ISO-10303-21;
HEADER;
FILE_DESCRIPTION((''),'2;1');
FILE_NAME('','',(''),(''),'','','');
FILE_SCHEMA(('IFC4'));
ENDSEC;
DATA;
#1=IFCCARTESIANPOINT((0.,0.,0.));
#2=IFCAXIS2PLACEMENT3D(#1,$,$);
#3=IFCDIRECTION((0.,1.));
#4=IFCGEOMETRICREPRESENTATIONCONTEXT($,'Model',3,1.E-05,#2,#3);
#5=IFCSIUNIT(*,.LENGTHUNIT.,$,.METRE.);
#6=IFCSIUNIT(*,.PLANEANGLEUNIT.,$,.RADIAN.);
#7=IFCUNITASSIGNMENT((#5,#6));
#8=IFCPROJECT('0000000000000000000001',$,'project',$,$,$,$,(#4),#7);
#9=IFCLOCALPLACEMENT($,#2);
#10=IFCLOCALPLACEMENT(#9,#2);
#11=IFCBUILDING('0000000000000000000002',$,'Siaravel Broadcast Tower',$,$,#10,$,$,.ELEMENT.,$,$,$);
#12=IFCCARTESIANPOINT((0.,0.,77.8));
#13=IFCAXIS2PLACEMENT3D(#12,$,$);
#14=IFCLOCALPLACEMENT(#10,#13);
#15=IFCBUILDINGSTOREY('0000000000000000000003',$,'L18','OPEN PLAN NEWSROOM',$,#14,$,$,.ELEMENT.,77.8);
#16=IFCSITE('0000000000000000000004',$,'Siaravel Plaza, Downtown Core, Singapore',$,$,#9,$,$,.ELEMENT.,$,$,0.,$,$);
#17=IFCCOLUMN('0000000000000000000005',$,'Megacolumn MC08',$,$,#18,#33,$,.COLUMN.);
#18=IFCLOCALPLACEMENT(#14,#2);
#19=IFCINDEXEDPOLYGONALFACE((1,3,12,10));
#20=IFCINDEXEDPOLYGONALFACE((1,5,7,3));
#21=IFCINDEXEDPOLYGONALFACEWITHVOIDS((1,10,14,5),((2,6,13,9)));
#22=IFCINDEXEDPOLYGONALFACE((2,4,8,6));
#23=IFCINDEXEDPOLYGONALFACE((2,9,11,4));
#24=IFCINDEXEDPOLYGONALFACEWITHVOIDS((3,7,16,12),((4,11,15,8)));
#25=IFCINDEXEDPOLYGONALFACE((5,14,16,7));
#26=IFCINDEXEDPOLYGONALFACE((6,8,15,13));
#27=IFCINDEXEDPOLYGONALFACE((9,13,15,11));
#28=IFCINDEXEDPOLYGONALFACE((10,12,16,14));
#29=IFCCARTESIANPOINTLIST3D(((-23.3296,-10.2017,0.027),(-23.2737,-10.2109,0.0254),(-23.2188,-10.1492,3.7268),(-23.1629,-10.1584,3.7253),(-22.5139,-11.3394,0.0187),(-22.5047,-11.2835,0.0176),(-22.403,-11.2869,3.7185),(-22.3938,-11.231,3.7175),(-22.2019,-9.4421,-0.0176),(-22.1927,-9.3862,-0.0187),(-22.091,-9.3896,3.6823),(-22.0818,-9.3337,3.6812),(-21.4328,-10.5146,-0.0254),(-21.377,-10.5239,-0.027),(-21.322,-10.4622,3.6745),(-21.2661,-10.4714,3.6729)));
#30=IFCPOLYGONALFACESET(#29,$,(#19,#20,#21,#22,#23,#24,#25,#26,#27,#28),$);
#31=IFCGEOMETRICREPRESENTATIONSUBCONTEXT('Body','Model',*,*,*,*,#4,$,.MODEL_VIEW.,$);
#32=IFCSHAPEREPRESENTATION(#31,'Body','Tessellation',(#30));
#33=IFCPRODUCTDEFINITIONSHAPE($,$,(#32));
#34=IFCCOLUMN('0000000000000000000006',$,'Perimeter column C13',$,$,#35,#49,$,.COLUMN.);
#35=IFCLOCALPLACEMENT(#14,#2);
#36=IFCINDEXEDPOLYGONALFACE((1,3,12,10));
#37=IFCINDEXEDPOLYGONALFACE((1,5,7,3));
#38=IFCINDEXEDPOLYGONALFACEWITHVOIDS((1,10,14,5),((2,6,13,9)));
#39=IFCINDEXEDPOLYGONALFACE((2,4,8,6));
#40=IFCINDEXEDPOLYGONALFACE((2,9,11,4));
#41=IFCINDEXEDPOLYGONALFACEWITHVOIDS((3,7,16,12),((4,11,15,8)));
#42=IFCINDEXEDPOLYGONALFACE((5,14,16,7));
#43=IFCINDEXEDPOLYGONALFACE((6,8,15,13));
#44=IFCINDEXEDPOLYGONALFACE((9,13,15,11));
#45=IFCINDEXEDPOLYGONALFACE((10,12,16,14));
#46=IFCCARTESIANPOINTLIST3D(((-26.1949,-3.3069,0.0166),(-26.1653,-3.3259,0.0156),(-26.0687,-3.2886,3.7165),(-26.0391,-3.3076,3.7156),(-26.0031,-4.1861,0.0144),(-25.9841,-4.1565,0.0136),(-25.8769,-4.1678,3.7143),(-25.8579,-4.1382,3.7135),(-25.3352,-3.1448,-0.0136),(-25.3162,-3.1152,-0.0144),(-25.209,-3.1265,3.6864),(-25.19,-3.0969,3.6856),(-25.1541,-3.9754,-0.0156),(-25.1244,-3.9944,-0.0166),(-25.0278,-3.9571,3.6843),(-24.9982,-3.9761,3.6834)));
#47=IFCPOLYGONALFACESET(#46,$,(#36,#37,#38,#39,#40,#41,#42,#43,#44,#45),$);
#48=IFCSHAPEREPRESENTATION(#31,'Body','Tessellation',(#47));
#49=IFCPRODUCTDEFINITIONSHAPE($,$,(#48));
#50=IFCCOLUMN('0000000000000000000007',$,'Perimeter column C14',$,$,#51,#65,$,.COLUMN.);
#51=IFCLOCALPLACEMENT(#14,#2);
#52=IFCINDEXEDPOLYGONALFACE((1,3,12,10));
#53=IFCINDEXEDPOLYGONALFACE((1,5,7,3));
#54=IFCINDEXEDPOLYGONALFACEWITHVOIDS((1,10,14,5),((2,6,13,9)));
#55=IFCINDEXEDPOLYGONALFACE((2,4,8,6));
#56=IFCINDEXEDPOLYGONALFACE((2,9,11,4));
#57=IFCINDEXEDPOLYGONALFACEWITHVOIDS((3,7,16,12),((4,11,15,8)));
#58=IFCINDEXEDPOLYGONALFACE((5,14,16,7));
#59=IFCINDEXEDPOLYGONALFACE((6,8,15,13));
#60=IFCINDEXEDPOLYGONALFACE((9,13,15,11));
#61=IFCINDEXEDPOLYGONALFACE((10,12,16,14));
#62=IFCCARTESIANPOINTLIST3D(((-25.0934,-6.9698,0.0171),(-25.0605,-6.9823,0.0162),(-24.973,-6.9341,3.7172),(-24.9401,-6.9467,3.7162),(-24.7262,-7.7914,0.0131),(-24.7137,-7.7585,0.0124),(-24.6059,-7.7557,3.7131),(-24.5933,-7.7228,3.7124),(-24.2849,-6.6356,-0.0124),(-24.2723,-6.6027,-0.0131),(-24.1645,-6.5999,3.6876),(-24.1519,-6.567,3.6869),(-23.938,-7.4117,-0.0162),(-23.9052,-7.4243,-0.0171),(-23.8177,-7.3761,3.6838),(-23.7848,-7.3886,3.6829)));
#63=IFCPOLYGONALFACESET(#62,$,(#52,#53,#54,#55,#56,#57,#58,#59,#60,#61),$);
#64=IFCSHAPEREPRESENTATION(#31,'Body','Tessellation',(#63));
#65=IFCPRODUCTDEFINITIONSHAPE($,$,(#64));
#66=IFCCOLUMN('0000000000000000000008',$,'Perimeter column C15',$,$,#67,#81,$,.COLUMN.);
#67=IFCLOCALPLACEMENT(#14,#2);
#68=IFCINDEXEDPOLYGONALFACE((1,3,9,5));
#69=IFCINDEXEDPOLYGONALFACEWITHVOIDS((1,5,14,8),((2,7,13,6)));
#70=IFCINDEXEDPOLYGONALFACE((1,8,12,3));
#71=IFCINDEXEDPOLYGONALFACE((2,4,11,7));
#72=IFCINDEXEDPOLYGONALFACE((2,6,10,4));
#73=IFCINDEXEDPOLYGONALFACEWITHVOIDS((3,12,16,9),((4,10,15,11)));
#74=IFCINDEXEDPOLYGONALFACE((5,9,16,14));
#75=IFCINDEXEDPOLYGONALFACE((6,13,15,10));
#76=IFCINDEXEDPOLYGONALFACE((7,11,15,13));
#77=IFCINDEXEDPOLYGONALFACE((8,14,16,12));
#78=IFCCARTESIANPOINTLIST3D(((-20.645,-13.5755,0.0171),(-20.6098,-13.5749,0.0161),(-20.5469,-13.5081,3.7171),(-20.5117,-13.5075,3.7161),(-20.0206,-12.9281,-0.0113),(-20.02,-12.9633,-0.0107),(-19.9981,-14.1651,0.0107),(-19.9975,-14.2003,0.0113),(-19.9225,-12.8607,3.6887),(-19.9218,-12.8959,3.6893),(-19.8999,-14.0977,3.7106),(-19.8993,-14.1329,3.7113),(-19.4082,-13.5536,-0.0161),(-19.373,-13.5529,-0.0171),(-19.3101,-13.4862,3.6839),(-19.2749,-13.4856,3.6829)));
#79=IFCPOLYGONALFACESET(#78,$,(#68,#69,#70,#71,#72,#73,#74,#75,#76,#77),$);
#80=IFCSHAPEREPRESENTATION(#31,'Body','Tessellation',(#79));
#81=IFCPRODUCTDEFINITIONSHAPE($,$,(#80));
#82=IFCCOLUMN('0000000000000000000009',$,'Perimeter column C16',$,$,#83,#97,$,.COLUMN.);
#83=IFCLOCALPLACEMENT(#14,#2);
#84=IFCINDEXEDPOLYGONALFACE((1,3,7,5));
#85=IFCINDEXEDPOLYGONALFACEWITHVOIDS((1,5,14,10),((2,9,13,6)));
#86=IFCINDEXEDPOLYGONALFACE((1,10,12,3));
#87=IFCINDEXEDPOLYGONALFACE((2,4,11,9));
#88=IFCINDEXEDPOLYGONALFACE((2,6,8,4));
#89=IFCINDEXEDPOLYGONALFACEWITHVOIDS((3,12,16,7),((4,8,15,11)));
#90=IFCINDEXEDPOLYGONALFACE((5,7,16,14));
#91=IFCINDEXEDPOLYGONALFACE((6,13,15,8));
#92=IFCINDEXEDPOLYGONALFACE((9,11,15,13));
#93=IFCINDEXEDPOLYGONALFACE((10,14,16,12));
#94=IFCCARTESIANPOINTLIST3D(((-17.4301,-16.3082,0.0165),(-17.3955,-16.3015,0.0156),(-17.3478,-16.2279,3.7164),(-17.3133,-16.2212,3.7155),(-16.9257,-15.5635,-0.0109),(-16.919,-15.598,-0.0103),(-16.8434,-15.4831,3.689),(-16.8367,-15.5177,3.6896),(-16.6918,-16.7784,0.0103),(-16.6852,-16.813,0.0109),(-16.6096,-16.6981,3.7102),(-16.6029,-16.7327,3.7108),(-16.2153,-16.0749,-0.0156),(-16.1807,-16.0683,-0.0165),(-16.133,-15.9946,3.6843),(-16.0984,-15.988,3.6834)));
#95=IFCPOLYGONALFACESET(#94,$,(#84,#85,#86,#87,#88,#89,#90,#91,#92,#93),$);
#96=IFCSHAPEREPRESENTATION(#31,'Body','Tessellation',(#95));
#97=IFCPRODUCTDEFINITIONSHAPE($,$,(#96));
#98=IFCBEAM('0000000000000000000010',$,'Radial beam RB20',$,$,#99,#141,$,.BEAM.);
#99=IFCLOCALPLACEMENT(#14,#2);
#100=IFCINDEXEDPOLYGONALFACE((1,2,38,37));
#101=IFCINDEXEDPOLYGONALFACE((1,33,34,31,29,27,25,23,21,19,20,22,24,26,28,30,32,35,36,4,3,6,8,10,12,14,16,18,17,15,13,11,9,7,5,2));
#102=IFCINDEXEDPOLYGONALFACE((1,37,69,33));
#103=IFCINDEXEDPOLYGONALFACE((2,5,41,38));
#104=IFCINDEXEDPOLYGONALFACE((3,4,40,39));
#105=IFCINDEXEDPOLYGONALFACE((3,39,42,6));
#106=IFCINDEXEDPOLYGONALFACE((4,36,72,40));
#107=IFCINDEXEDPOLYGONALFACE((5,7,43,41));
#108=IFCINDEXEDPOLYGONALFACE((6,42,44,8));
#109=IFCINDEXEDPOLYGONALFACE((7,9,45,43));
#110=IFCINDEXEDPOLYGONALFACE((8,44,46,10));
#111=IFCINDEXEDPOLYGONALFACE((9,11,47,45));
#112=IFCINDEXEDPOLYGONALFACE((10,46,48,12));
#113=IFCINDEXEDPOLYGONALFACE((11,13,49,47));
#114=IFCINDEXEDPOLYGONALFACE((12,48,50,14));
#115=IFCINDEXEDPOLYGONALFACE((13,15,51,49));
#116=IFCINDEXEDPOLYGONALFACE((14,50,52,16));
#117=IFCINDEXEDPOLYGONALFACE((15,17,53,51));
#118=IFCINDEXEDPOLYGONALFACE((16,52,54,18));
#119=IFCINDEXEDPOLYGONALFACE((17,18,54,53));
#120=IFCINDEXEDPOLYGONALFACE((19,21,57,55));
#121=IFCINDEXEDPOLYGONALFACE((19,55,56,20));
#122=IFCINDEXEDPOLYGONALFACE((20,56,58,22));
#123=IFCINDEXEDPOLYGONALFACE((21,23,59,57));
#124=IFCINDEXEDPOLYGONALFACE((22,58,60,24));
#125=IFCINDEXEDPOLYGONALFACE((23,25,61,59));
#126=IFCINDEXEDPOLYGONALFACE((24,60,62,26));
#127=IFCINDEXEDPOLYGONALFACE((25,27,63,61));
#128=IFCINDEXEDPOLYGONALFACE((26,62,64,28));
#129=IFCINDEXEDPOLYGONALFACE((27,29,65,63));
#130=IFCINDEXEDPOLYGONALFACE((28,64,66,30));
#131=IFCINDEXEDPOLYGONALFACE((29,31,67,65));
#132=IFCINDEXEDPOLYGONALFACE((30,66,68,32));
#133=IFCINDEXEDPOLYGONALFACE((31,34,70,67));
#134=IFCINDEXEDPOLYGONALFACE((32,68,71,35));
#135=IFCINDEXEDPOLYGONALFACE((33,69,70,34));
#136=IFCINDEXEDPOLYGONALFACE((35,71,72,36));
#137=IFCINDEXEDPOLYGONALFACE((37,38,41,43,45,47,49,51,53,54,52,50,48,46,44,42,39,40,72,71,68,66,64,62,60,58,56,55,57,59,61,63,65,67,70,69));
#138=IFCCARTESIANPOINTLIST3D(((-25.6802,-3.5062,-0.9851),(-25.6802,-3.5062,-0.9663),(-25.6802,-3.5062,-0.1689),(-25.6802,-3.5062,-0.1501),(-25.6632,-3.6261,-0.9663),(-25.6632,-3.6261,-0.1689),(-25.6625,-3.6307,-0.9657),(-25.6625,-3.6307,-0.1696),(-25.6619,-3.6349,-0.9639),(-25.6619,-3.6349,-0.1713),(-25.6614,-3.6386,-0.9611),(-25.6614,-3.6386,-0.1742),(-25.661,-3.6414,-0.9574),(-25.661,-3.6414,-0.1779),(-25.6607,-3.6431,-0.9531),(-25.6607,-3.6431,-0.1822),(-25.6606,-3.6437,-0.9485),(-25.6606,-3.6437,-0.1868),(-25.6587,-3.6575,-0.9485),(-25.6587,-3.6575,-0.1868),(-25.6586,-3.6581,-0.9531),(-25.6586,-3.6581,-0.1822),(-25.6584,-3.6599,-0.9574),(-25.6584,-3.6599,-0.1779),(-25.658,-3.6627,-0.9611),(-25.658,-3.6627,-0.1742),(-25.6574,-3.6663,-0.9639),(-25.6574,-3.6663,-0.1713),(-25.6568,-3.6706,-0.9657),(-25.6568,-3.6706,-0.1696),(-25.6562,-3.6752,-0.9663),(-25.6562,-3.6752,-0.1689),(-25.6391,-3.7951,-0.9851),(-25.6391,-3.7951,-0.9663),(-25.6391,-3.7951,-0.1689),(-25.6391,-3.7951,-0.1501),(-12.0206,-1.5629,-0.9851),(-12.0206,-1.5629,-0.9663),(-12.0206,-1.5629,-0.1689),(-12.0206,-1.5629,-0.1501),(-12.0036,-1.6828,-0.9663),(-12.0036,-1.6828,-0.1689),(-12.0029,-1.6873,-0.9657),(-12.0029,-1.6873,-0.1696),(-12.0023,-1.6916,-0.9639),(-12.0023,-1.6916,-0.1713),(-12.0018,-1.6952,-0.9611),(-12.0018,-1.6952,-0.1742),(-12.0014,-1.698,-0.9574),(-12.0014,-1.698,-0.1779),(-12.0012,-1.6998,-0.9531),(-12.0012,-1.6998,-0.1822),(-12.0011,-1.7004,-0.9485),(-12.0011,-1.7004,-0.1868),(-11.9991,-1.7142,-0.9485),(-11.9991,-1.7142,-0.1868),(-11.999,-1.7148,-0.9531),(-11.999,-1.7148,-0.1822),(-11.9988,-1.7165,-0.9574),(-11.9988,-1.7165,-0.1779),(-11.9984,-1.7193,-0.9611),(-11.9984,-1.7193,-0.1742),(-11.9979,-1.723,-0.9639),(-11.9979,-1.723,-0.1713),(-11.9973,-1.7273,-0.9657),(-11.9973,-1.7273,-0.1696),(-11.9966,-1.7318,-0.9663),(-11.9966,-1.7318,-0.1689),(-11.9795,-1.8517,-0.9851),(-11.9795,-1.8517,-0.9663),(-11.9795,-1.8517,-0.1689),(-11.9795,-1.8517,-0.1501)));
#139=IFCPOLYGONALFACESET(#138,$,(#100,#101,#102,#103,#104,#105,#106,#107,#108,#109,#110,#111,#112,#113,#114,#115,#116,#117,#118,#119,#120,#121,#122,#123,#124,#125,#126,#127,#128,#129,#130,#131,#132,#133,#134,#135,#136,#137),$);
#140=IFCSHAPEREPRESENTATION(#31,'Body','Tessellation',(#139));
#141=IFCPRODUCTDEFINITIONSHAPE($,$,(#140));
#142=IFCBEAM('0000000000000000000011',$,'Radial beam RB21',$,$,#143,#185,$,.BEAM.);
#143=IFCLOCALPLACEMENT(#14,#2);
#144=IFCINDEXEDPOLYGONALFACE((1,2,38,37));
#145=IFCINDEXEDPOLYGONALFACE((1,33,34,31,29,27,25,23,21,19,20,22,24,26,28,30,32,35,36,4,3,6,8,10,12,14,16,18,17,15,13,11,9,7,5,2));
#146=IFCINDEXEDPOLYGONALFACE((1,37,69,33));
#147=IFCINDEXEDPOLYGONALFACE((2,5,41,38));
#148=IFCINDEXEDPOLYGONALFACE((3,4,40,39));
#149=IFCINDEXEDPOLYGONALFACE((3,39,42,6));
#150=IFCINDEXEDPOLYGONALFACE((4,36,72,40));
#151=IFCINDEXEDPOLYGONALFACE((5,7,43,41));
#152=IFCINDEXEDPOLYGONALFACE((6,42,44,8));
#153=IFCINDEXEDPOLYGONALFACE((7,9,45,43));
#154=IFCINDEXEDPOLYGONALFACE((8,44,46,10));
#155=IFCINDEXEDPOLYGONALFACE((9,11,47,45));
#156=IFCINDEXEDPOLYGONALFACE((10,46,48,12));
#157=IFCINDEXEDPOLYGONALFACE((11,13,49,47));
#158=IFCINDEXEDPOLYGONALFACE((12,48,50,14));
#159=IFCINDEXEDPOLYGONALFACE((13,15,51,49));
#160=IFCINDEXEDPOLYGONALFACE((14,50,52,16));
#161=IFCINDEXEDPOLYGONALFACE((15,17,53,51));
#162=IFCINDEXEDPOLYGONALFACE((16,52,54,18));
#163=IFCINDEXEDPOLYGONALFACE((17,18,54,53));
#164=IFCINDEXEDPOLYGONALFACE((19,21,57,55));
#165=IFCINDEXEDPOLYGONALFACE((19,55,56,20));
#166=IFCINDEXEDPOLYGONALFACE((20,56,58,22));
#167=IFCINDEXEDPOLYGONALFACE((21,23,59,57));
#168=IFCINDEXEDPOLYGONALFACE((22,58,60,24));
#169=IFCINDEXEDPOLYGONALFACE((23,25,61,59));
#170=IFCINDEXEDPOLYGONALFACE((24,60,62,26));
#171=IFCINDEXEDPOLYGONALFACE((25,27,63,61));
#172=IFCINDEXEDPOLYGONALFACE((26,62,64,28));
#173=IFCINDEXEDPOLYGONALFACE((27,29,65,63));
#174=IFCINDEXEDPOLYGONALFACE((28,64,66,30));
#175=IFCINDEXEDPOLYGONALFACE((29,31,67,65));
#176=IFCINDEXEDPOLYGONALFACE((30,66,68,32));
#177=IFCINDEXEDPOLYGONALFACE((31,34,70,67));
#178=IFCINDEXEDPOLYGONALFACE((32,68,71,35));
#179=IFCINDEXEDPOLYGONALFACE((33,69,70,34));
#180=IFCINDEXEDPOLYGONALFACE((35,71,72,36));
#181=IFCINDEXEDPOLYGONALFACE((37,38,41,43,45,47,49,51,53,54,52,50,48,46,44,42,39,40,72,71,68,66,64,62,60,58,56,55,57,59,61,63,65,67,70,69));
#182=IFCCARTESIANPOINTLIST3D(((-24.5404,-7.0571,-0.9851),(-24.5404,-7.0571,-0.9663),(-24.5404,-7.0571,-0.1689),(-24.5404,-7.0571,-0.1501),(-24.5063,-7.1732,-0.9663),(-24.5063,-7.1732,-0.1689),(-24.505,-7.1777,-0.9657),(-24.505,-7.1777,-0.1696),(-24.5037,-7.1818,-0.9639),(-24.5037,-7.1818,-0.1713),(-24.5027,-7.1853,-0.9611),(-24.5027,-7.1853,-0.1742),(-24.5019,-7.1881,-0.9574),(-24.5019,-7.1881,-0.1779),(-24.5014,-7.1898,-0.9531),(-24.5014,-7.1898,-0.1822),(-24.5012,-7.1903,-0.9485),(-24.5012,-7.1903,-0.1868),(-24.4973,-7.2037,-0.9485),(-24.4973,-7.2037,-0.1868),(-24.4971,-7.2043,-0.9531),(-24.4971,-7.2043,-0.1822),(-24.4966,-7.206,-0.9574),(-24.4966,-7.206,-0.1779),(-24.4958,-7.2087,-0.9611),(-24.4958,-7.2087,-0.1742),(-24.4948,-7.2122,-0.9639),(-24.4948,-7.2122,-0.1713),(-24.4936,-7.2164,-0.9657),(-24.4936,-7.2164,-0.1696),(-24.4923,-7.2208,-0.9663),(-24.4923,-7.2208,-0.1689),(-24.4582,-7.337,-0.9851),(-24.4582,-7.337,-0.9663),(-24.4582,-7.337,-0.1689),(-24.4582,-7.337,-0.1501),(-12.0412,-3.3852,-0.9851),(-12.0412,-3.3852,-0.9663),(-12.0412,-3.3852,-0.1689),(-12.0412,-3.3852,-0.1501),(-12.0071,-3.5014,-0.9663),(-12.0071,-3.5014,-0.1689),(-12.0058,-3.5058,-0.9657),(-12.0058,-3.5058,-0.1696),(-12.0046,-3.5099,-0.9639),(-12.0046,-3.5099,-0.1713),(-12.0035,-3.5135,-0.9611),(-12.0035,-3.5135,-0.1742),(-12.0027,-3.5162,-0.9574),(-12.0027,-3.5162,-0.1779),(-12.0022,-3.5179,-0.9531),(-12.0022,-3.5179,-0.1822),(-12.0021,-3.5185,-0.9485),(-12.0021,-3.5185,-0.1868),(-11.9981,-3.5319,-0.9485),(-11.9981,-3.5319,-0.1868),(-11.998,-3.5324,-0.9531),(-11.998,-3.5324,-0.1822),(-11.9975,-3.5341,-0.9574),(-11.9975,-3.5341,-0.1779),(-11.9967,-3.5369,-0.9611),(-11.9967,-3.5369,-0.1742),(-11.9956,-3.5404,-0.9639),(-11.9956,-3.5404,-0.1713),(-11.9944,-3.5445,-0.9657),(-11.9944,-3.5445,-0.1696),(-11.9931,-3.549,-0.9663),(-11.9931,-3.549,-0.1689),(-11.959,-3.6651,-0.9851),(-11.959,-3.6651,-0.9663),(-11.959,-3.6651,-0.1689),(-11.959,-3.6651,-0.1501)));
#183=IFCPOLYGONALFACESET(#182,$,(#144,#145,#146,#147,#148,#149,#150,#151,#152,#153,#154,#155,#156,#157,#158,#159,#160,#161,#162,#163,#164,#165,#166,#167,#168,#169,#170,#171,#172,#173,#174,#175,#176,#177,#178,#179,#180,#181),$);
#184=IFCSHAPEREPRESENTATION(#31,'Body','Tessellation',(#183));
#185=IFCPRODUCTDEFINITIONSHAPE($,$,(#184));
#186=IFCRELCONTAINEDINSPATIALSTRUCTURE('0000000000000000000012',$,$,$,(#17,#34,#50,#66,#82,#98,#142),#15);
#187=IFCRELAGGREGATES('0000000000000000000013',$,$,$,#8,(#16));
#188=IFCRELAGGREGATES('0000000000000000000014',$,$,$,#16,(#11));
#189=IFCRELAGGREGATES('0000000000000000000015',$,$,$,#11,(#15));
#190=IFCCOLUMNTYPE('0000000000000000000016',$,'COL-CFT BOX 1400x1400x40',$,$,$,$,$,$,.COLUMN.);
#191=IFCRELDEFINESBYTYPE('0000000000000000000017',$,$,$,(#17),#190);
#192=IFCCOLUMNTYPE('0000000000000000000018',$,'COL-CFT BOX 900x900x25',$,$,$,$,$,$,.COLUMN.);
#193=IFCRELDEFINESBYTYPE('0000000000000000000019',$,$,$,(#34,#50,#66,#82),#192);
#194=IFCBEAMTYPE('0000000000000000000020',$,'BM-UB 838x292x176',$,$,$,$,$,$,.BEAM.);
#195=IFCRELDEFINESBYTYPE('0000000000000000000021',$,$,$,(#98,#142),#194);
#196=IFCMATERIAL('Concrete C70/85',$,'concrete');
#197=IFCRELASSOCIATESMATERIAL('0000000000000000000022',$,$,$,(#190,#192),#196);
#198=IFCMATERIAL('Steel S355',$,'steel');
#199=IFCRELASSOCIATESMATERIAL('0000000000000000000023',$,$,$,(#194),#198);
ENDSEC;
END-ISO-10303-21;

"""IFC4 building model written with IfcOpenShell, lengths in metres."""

from ifc_helpers import new_model, si_unit, direction, frame, origin, origin_2d, place, context, subcontext, project, spatial, hollow_rectangle, i_section, extrude, material, material_profile, profile_set, type_object, element, save


model = new_model("IFC4")

# Units and contexts
model_context = context("Model", 3, precision=1e-05, world=origin(), true_north=direction((0.0, 1.0)))
body_context = subcontext(model_context, "Body", "Model", "MODEL_VIEW")
ifc_project = project(units=[si_unit("LENGTHUNIT", "METRE"), si_unit("PLANEANGLEUNIT", "RADIAN")], contexts=[model_context])

# Site, building, storey
site_placement = place(None, origin())
site = spatial("IfcSite", under=ifc_project, at=site_placement, Name="Siaravel Plaza, Downtown Core, Singapore", CompositionType="ELEMENT", RefElevation=0.0)
building_placement = place(site_placement, origin())
building = spatial("IfcBuilding", under=site, at=building_placement, Name="Siaravel Broadcast Tower", CompositionType="ELEMENT")
storey_placement = place(building_placement, frame((0.0, 0.0, 77.8)))
storey = spatial("IfcBuildingStorey", under=building, at=storey_placement, Name="L18", Description="OPEN PLAN NEWSROOM", CompositionType="ELEMENT", Elevation=77.8)

# Columns
ifc_material_1 = material(Name="Concrete C70/85", Category="concrete")
ifc_material_profile_1 = material_profile(ifc_material_1, hollow_rectangle(XDim=1.3999, YDim=1.3999, WallThickness=0.04, at=origin_2d()))
ifc_profile_set_1 = profile_set([ifc_material_profile_1], Name="Concrete C70/85")
column_type_1 = type_object("IfcColumnType", Name="COL-CFT BOX 1400x1400x40", PredefinedType="COLUMN", material=ifc_profile_set_1)
column_1_placement = place(storey_placement, frame((-22.3533, -10.3628, 0.0), z_axis=(0.029941, 0.014179, 0.999451), x_axis=(-0.582697, 0.812668, 0.005927)))
element("IfcColumn", 1, at=column_1_placement, inside=storey, type_object=column_type_1, Name="Megacolumn MC08", PredefinedType="COLUMN", context=body_context, shape_type="SweptSolid", body=[
    extrude(hollow_rectangle(XDim=1.3999, YDim=1.3999, WallThickness=0.04, at=origin_2d()), origin(), (0.0, 0.0, 1.0), 3.7019),
])
ifc_material_profile_2 = material_profile(ifc_material_1, hollow_rectangle(XDim=0.8999, YDim=0.8999, WallThickness=0.0249, at=origin_2d()))
ifc_profile_set_2 = profile_set([ifc_material_profile_2], Name="Concrete C70/85")
column_type_2 = type_object("IfcColumnType", Name="COL-CFT BOX 900x900x25", PredefinedType="COLUMN", material=ifc_profile_set_2)
for number, where, z_axis, x_axis, name in (
    (2, (-25.6597, -3.6506, 0.0), (0.034094, 0.004946, 0.999406), (-0.213077, 0.977032, 0.002434), "Perimeter column C13"),
    (3, (-24.4993, -7.197, 0.0), (0.032512, 0.009628, 0.999425), (-0.407994, 0.912974, 0.004477), "Perimeter column C14"),
):
    element("IfcColumn", number, at=place(storey_placement, frame(where, z_axis=z_axis, x_axis=x_axis)), inside=storey, type_object=column_type_2, Name=name, PredefinedType="COLUMN", context=body_context, shape_type="SweptSolid", body=[
        extrude(hollow_rectangle(XDim=0.8999, YDim=0.8999, WallThickness=0.0249, at=origin_2d()), origin(), (0.0, 0.0, 1.0), 3.7021),
    ])
column_2_placement = place(storey_placement, frame((-20.009, -13.5642, 0.0), z_axis=(0.026512, 0.018202, 0.999483), x_axis=(-0.719608, 0.69435, 0.006443)))
element("IfcColumn", 4, at=column_2_placement, inside=storey, type_object=column_type_2, Name="Perimeter column C15", PredefinedType="COLUMN", context=body_context, shape_type="SweptSolid", body=[
    extrude(hollow_rectangle(XDim=0.8999, YDim=0.8999, WallThickness=0.0249, at=origin_2d()), origin(), (0.0, 0.0, 1.0), 3.7019),
])
column_3_placement = place(storey_placement, frame((-16.8054, -16.1882, 0.0), z_axis=(0.022226, 0.021699, 0.999517), x_axis=(-0.827813, 0.56097, 0.00623)))
element("IfcColumn", 5, at=column_3_placement, inside=storey, type_object=column_type_2, Name="Perimeter column C16", PredefinedType="COLUMN", context=body_context, shape_type="SweptSolid", body=[
    extrude(hollow_rectangle(XDim=0.8999, YDim=0.8999, WallThickness=0.0249, at=origin_2d()), origin(), (0.0, 0.0, 1.0), 3.7017),
])

# Beams
ifc_material_2 = material(Name="Steel S355", Category="steel")
ifc_material_profile_3 = material_profile(ifc_material_2, i_section(OverallWidth=0.2917, OverallDepth=0.835, WebThickness=0.0139, FlangeThickness=0.0188, FilletRadius=0.0178, at=origin_2d()))
ifc_profile_set_3 = profile_set([ifc_material_profile_3], Name="Steel S355")
beam_type = type_object("IfcBeamType", Name="BM-UB 838x292x176", PredefinedType="BEAM", material=ifc_profile_set_3)
beam_1_placement = place(storey_placement, frame((-25.6597, -3.6506, -0.5676), z_axis=(0.990031, 0.140852, 0.0), x_axis=(-0.140852, 0.990031, 0.0)))
element("IfcBeam", 6, at=beam_1_placement, inside=storey, type_object=beam_type, Name="Radial beam RB20", PredefinedType="BEAM", context=body_context, shape_type="SweptSolid", body=[
    extrude(i_section(OverallWidth=0.2917, OverallDepth=0.835, WebThickness=0.0139, FlangeThickness=0.0188, FilletRadius=0.0178, at=origin_2d()), origin(), (0.0, 0.0, 1.0), 13.7971),
])
beam_2_placement = place(storey_placement, frame((-24.4993, -7.197, -0.5676), z_axis=(0.959456, 0.281857, 0.0), x_axis=(-0.281857, 0.959456, 0.0)))
element("IfcBeam", 7, at=beam_2_placement, inside=storey, type_object=beam_type, Name="Radial beam RB21", PredefinedType="BEAM", context=body_context, shape_type="SweptSolid", body=[
    extrude(i_section(OverallWidth=0.2917, OverallDepth=0.835, WebThickness=0.0139, FlangeThickness=0.0188, FilletRadius=0.0178, at=origin_2d()), origin(), (0.0, 0.0, 1.0), 13.0273),
])

save(model, "model.ifc")
